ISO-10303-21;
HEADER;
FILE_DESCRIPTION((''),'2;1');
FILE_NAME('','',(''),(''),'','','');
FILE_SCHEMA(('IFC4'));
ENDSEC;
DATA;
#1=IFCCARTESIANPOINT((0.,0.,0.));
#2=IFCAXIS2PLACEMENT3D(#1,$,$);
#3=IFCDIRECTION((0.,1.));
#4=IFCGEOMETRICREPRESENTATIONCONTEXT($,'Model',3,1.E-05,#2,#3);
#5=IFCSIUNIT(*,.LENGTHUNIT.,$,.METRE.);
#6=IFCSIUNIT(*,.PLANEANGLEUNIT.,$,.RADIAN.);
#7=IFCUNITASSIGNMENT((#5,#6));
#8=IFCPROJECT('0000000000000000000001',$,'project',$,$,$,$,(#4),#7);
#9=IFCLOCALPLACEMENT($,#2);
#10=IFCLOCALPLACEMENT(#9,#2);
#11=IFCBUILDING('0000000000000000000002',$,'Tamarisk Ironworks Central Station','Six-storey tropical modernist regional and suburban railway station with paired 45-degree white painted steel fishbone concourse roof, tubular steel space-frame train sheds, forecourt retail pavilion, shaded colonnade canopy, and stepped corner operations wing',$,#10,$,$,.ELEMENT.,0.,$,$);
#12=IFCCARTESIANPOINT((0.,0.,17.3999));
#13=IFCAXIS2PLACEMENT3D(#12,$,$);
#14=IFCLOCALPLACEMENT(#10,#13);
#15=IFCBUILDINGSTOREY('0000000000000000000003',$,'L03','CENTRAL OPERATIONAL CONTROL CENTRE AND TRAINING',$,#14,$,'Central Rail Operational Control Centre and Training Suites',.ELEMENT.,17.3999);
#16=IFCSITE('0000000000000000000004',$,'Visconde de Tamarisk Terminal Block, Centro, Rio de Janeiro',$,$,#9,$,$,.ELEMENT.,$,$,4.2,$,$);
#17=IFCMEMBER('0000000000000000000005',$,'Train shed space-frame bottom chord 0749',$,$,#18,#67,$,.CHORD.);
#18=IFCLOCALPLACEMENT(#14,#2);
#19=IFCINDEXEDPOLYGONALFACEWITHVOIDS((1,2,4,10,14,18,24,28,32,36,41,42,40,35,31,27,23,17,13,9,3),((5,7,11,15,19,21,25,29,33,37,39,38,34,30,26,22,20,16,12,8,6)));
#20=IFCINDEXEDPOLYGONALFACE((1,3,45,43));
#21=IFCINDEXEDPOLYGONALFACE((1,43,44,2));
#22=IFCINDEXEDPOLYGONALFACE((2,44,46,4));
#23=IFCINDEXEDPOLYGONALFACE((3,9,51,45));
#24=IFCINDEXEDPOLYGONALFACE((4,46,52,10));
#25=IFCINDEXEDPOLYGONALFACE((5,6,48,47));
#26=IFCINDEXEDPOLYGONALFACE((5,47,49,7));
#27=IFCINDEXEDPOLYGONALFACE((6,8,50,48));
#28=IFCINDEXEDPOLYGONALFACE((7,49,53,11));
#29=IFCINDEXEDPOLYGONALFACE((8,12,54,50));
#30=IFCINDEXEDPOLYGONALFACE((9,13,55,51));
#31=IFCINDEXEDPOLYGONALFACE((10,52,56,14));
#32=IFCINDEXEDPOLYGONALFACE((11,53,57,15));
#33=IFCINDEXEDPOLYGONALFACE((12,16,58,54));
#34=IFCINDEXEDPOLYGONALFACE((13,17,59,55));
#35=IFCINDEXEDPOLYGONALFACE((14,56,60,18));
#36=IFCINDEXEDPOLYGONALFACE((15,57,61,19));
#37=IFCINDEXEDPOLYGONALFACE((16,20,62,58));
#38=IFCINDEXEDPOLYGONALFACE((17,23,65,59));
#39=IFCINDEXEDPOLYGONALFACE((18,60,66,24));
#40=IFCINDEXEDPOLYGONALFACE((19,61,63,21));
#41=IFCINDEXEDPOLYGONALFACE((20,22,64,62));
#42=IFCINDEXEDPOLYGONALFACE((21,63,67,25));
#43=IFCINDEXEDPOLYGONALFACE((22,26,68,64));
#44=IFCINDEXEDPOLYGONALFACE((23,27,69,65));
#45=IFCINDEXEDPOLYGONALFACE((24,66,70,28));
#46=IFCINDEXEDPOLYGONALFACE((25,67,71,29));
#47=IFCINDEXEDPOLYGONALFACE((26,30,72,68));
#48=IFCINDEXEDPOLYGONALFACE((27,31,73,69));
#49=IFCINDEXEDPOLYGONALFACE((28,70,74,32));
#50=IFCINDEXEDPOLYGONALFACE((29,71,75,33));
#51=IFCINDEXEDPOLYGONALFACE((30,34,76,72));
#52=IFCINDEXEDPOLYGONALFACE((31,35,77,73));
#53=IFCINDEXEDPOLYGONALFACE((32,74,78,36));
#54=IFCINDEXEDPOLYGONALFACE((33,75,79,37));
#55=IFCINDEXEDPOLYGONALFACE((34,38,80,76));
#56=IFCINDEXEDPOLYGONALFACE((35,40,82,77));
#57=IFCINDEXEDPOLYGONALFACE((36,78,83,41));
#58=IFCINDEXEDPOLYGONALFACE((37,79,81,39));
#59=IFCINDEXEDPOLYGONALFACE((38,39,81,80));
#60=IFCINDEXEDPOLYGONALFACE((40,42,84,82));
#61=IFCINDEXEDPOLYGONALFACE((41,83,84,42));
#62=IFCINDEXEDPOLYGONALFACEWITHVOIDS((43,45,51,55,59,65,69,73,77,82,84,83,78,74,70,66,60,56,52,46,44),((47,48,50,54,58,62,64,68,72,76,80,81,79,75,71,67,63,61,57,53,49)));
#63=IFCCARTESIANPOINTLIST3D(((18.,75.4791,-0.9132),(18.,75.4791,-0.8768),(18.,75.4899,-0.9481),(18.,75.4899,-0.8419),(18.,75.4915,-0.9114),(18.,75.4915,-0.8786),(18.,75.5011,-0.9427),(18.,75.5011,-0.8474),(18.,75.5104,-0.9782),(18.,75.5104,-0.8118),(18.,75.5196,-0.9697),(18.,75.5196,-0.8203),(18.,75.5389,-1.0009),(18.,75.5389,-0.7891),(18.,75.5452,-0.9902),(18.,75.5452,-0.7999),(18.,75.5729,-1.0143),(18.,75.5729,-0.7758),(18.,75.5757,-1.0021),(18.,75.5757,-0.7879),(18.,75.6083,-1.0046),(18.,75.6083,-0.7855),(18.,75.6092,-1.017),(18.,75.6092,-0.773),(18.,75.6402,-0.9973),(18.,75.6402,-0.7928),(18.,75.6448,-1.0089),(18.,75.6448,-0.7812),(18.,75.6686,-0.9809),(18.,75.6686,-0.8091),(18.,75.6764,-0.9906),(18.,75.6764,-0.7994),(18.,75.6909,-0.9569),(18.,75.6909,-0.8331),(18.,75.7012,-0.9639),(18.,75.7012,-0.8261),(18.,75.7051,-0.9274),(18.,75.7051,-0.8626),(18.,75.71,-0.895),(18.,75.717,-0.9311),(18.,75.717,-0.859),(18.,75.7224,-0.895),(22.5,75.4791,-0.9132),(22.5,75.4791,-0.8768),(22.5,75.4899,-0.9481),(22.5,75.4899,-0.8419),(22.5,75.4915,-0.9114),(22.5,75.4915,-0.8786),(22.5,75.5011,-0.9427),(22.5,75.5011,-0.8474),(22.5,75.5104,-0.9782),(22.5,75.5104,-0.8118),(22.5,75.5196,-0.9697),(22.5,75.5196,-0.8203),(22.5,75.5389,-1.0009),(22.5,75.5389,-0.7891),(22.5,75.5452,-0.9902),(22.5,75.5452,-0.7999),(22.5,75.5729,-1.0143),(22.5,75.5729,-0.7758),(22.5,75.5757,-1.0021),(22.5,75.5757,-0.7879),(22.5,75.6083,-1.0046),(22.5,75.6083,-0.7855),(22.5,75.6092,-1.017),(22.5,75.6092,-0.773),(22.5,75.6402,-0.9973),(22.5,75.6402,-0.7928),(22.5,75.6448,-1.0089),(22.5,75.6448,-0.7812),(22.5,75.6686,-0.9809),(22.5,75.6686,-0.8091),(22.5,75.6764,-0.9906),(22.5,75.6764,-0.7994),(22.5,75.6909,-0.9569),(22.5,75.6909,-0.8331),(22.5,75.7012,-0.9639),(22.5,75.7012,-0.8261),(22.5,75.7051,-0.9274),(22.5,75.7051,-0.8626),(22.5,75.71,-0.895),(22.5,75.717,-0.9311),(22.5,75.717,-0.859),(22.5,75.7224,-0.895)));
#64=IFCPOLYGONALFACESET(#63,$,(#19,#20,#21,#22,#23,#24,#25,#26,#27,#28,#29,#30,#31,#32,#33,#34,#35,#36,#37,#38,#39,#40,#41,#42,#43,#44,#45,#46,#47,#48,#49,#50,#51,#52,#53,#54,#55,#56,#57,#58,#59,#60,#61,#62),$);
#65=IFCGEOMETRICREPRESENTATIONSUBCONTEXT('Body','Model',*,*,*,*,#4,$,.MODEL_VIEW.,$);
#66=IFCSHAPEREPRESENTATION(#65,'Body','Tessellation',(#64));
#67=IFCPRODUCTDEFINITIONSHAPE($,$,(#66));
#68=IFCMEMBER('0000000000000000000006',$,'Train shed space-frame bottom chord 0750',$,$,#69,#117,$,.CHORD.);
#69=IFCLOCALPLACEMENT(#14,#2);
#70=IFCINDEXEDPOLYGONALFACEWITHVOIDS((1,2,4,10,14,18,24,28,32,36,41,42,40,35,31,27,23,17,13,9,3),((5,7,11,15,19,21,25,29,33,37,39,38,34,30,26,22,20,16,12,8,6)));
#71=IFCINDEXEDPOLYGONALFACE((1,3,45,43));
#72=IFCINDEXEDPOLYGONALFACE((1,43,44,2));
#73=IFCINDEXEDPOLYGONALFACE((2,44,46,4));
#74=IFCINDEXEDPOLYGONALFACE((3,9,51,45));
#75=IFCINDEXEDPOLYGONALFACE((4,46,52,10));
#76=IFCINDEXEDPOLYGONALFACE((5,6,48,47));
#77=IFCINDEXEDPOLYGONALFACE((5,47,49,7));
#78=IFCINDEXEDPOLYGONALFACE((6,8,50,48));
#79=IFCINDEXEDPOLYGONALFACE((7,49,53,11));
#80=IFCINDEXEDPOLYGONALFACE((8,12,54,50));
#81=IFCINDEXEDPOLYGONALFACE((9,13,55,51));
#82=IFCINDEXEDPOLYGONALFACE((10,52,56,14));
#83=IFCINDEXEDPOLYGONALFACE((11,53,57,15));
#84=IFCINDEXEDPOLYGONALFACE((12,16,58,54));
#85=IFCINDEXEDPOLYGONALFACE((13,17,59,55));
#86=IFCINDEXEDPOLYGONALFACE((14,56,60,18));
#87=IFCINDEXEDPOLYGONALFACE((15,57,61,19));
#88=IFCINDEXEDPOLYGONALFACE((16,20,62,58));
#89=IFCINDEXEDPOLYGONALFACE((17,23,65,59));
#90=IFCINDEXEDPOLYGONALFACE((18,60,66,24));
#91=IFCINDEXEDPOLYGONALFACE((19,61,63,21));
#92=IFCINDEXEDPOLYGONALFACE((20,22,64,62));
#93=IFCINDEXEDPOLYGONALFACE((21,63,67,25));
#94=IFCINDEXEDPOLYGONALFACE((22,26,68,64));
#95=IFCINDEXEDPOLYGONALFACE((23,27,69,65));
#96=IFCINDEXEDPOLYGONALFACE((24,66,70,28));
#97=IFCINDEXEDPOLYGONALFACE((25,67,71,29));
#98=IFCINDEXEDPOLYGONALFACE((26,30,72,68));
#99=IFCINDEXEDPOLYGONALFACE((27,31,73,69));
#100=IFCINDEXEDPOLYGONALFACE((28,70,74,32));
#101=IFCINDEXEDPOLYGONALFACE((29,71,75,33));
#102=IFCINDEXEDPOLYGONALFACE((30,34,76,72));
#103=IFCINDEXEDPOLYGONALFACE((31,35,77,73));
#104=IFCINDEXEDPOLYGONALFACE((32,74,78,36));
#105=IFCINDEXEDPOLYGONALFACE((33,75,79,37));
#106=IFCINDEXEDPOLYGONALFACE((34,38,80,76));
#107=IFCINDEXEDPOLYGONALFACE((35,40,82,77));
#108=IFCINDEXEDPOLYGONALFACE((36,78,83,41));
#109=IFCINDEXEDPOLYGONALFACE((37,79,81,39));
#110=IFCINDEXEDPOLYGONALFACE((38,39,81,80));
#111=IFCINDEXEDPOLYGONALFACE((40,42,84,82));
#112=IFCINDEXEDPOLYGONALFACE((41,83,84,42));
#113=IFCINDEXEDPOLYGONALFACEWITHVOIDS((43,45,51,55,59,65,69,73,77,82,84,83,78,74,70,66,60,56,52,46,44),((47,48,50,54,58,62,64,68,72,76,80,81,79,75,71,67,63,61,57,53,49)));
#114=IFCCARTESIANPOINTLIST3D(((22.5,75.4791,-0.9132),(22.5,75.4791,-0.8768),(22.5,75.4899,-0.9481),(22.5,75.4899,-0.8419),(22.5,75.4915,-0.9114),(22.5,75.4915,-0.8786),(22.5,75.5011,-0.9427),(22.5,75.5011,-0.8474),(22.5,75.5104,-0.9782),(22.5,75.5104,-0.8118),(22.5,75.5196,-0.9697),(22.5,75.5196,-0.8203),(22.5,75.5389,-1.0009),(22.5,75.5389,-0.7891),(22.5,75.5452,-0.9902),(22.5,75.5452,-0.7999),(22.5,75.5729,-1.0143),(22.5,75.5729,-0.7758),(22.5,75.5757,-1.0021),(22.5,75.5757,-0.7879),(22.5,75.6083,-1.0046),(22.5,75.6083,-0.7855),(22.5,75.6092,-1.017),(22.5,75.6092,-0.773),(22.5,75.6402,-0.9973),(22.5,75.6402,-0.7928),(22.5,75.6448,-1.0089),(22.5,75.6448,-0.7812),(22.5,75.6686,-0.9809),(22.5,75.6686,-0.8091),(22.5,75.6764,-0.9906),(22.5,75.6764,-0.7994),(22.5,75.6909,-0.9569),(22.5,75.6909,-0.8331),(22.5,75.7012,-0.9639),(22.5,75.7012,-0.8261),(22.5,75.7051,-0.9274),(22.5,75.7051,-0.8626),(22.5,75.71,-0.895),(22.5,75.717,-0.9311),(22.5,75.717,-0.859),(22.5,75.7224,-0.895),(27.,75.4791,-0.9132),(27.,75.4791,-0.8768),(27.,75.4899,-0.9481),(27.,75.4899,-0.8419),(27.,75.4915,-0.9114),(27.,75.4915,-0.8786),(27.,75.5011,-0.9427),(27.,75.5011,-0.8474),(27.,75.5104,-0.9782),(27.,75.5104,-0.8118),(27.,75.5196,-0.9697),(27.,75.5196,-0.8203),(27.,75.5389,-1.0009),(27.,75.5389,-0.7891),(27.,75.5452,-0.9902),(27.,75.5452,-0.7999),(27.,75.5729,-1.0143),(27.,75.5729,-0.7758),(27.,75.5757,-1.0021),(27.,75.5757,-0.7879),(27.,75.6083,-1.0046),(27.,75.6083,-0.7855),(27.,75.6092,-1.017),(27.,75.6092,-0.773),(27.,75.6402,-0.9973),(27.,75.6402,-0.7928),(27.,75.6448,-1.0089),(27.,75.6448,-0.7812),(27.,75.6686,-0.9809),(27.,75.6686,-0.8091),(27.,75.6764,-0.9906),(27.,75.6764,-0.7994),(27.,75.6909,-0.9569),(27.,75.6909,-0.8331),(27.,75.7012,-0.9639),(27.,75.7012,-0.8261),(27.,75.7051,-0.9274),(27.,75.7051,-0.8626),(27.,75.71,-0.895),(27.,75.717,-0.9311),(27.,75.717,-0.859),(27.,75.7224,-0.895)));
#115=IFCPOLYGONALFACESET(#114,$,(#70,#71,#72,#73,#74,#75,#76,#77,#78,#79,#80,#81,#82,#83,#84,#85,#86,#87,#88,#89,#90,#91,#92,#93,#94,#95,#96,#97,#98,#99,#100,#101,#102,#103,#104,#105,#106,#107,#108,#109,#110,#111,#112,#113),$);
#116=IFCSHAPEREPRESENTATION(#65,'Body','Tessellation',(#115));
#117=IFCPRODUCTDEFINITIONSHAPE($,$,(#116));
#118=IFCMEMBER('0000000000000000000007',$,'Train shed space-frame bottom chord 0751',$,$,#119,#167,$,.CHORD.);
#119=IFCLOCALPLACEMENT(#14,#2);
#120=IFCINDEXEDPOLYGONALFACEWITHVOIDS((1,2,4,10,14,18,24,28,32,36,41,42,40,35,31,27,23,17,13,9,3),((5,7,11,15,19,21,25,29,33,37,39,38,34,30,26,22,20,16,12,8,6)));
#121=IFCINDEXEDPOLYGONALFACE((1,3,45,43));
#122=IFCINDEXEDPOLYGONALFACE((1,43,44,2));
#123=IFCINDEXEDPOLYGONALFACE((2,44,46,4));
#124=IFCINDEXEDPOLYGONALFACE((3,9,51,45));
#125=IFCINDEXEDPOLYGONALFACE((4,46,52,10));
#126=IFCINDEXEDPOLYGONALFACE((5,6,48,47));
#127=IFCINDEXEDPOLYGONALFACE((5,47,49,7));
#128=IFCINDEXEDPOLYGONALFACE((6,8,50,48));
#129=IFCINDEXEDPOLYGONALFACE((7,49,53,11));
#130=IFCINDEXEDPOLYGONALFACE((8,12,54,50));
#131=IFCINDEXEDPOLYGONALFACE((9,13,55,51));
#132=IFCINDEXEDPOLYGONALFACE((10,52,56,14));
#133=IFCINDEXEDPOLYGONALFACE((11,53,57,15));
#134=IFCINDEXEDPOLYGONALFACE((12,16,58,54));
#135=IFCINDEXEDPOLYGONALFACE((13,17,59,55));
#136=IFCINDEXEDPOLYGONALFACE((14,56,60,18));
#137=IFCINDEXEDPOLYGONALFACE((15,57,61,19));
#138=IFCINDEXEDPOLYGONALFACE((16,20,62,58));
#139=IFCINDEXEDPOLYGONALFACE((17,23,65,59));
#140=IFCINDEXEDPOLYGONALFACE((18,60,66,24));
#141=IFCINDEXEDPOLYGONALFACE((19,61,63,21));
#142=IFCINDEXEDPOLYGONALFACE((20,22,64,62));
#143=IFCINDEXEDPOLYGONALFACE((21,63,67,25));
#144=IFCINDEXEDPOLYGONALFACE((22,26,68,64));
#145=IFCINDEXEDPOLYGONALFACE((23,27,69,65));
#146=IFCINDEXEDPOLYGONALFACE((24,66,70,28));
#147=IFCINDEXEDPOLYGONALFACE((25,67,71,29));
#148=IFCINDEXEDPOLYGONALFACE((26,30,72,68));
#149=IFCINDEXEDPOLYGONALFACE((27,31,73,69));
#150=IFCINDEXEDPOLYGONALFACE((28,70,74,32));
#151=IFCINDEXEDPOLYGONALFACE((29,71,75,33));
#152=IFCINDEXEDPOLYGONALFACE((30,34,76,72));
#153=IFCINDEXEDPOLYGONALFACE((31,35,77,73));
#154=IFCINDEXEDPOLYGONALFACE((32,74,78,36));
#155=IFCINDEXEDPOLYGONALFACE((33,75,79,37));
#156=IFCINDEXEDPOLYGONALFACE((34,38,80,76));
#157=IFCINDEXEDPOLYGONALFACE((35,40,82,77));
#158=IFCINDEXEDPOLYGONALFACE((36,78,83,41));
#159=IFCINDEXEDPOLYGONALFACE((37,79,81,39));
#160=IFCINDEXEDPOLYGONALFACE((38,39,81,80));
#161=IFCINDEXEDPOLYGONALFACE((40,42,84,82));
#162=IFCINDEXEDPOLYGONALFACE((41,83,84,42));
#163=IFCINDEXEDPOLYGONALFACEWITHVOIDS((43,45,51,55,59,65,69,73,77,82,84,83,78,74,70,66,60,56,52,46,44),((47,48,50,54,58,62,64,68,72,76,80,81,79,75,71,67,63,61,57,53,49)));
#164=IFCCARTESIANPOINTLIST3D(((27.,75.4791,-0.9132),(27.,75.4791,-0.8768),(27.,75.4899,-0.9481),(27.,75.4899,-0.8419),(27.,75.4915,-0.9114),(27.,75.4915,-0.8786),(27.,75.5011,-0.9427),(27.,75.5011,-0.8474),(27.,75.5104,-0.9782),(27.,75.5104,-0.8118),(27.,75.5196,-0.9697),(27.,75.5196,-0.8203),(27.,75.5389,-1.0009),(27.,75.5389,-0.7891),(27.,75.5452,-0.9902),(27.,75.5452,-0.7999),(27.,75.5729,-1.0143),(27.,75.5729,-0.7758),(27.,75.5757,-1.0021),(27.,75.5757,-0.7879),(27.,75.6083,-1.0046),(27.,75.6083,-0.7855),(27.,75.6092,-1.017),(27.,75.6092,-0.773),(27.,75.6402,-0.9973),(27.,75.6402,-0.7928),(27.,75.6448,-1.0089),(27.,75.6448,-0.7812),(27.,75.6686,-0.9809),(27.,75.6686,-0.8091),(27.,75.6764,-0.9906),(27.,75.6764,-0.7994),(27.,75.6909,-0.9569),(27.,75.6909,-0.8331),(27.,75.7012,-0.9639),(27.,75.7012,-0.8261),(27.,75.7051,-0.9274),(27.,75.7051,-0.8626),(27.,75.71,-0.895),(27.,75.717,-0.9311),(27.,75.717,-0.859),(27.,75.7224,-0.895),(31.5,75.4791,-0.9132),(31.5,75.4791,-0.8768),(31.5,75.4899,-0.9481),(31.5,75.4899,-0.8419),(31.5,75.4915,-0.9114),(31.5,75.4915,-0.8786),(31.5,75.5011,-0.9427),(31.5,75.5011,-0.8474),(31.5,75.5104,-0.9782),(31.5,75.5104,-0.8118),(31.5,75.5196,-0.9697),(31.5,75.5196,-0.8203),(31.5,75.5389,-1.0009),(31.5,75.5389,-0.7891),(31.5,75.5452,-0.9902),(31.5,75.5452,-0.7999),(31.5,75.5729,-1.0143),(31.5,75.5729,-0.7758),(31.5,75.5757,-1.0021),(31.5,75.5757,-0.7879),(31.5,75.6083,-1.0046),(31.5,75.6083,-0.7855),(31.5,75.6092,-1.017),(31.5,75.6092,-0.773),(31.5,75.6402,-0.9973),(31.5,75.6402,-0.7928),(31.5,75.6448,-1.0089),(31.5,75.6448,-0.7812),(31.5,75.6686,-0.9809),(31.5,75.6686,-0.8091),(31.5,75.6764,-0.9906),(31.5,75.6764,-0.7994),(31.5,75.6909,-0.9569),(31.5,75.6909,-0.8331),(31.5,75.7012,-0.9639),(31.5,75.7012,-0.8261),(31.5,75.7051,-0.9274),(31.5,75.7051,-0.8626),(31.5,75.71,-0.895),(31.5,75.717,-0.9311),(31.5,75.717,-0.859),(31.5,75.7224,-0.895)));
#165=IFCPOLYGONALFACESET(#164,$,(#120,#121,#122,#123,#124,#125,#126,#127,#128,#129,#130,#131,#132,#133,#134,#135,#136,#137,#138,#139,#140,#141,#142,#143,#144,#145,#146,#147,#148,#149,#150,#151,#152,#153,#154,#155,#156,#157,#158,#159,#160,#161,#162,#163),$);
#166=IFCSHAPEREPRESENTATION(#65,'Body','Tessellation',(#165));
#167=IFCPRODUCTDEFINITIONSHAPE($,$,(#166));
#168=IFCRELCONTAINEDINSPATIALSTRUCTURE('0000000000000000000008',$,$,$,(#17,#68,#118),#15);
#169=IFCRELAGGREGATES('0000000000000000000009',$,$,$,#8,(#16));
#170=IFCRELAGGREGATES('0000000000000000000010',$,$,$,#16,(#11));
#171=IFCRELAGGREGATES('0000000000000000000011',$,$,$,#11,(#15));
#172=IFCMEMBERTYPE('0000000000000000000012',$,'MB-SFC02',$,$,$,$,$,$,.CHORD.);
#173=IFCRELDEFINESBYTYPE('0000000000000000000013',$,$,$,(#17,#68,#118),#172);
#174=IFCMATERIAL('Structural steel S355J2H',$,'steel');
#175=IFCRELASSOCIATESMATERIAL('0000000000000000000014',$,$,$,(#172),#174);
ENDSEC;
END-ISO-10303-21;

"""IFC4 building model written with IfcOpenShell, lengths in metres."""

from ifc_helpers import new_model, si_unit, direction, frame, origin, origin_2d, place, context, subcontext, project, spatial, hollow_circle, extrude, material, material_profile, profile_set, type_object, element, save


model = new_model("IFC4")

# Units and contexts
model_context = context("Model", 3, precision=1e-05, world=origin(), true_north=direction((0.0, 1.0)))
body_context = subcontext(model_context, "Body", "Model", "MODEL_VIEW")
ifc_project = project(units=[si_unit("LENGTHUNIT", "METRE"), si_unit("PLANEANGLEUNIT", "RADIAN")], contexts=[model_context])

# Site, building, storey
site_placement = place(None, origin())
site = spatial("IfcSite", under=ifc_project, at=site_placement, Name="Visconde de Tamarisk Terminal Block, Centro, Rio de Janeiro", CompositionType="ELEMENT", RefElevation=4.2)
building_placement = place(site_placement, origin())
building = spatial("IfcBuilding", under=site, at=building_placement, Name="Tamarisk Ironworks Central Station", Description="Six-storey tropical modernist regional and suburban railway station with paired 45-degree white painted steel fishbone concourse roof, tubular steel space-frame train sheds, forecourt retail pavilion, shaded colonnade canopy, and stepped corner operations wing", CompositionType="ELEMENT", ElevationOfRefHeight=0.0)
storey_placement = place(building_placement, frame((0.0, 0.0, 17.3999)))
storey = spatial("IfcBuildingStorey", under=building, at=storey_placement, Name="L03", Description="CENTRAL OPERATIONAL CONTROL CENTRE AND TRAINING", LongName="Central Rail Operational Control Centre and Training Suites", CompositionType="ELEMENT", Elevation=17.3999)

# Members
ifc_material_1 = material(Name="Structural steel S355J2H", Category="steel")
ifc_material_profile_1 = material_profile(ifc_material_1, hollow_circle(Radius=0.1223, WallThickness=0.0125, at=origin_2d()), Name="CHS 244.5x12.5")
ifc_profile_set_1 = profile_set([ifc_material_profile_1], Name="Structural steel S355J2H")
member_type_1 = type_object("IfcMemberType", Name="MB-SFC02", PredefinedType="CHORD", material=ifc_profile_set_1)
for number, where, z_axis, x_axis, name in (
    (1, (18.0, 75.6001, -0.895), (1.0, 0.0, 0.0), (0.0, 1.0, 0.0), "Train shed space-frame bottom chord 0749"),
    (2, (22.5, 75.6001, -0.895), (1.0, 0.0, 0.0), (0.0, 1.0, 0.0), "Train shed space-frame bottom chord 0750"),
    (3, (27.0, 75.6001, -0.895), (1.0, 0.0, 0.0), (0.0, 1.0, 0.0), "Train shed space-frame bottom chord 0751"),
):
    element("IfcMember", number, at=place(storey_placement, frame(where, z_axis=z_axis, x_axis=x_axis)), inside=storey, type_object=member_type_1, Name=name, PredefinedType="CHORD", context=body_context, shape_type="SweptSolid", body=[
        extrude(hollow_circle(Radius=0.1223, WallThickness=0.0125, at=origin_2d()), origin(), (0.0, 0.0, 1.0), 4.5),
    ])

save(model, "model.ifc")
